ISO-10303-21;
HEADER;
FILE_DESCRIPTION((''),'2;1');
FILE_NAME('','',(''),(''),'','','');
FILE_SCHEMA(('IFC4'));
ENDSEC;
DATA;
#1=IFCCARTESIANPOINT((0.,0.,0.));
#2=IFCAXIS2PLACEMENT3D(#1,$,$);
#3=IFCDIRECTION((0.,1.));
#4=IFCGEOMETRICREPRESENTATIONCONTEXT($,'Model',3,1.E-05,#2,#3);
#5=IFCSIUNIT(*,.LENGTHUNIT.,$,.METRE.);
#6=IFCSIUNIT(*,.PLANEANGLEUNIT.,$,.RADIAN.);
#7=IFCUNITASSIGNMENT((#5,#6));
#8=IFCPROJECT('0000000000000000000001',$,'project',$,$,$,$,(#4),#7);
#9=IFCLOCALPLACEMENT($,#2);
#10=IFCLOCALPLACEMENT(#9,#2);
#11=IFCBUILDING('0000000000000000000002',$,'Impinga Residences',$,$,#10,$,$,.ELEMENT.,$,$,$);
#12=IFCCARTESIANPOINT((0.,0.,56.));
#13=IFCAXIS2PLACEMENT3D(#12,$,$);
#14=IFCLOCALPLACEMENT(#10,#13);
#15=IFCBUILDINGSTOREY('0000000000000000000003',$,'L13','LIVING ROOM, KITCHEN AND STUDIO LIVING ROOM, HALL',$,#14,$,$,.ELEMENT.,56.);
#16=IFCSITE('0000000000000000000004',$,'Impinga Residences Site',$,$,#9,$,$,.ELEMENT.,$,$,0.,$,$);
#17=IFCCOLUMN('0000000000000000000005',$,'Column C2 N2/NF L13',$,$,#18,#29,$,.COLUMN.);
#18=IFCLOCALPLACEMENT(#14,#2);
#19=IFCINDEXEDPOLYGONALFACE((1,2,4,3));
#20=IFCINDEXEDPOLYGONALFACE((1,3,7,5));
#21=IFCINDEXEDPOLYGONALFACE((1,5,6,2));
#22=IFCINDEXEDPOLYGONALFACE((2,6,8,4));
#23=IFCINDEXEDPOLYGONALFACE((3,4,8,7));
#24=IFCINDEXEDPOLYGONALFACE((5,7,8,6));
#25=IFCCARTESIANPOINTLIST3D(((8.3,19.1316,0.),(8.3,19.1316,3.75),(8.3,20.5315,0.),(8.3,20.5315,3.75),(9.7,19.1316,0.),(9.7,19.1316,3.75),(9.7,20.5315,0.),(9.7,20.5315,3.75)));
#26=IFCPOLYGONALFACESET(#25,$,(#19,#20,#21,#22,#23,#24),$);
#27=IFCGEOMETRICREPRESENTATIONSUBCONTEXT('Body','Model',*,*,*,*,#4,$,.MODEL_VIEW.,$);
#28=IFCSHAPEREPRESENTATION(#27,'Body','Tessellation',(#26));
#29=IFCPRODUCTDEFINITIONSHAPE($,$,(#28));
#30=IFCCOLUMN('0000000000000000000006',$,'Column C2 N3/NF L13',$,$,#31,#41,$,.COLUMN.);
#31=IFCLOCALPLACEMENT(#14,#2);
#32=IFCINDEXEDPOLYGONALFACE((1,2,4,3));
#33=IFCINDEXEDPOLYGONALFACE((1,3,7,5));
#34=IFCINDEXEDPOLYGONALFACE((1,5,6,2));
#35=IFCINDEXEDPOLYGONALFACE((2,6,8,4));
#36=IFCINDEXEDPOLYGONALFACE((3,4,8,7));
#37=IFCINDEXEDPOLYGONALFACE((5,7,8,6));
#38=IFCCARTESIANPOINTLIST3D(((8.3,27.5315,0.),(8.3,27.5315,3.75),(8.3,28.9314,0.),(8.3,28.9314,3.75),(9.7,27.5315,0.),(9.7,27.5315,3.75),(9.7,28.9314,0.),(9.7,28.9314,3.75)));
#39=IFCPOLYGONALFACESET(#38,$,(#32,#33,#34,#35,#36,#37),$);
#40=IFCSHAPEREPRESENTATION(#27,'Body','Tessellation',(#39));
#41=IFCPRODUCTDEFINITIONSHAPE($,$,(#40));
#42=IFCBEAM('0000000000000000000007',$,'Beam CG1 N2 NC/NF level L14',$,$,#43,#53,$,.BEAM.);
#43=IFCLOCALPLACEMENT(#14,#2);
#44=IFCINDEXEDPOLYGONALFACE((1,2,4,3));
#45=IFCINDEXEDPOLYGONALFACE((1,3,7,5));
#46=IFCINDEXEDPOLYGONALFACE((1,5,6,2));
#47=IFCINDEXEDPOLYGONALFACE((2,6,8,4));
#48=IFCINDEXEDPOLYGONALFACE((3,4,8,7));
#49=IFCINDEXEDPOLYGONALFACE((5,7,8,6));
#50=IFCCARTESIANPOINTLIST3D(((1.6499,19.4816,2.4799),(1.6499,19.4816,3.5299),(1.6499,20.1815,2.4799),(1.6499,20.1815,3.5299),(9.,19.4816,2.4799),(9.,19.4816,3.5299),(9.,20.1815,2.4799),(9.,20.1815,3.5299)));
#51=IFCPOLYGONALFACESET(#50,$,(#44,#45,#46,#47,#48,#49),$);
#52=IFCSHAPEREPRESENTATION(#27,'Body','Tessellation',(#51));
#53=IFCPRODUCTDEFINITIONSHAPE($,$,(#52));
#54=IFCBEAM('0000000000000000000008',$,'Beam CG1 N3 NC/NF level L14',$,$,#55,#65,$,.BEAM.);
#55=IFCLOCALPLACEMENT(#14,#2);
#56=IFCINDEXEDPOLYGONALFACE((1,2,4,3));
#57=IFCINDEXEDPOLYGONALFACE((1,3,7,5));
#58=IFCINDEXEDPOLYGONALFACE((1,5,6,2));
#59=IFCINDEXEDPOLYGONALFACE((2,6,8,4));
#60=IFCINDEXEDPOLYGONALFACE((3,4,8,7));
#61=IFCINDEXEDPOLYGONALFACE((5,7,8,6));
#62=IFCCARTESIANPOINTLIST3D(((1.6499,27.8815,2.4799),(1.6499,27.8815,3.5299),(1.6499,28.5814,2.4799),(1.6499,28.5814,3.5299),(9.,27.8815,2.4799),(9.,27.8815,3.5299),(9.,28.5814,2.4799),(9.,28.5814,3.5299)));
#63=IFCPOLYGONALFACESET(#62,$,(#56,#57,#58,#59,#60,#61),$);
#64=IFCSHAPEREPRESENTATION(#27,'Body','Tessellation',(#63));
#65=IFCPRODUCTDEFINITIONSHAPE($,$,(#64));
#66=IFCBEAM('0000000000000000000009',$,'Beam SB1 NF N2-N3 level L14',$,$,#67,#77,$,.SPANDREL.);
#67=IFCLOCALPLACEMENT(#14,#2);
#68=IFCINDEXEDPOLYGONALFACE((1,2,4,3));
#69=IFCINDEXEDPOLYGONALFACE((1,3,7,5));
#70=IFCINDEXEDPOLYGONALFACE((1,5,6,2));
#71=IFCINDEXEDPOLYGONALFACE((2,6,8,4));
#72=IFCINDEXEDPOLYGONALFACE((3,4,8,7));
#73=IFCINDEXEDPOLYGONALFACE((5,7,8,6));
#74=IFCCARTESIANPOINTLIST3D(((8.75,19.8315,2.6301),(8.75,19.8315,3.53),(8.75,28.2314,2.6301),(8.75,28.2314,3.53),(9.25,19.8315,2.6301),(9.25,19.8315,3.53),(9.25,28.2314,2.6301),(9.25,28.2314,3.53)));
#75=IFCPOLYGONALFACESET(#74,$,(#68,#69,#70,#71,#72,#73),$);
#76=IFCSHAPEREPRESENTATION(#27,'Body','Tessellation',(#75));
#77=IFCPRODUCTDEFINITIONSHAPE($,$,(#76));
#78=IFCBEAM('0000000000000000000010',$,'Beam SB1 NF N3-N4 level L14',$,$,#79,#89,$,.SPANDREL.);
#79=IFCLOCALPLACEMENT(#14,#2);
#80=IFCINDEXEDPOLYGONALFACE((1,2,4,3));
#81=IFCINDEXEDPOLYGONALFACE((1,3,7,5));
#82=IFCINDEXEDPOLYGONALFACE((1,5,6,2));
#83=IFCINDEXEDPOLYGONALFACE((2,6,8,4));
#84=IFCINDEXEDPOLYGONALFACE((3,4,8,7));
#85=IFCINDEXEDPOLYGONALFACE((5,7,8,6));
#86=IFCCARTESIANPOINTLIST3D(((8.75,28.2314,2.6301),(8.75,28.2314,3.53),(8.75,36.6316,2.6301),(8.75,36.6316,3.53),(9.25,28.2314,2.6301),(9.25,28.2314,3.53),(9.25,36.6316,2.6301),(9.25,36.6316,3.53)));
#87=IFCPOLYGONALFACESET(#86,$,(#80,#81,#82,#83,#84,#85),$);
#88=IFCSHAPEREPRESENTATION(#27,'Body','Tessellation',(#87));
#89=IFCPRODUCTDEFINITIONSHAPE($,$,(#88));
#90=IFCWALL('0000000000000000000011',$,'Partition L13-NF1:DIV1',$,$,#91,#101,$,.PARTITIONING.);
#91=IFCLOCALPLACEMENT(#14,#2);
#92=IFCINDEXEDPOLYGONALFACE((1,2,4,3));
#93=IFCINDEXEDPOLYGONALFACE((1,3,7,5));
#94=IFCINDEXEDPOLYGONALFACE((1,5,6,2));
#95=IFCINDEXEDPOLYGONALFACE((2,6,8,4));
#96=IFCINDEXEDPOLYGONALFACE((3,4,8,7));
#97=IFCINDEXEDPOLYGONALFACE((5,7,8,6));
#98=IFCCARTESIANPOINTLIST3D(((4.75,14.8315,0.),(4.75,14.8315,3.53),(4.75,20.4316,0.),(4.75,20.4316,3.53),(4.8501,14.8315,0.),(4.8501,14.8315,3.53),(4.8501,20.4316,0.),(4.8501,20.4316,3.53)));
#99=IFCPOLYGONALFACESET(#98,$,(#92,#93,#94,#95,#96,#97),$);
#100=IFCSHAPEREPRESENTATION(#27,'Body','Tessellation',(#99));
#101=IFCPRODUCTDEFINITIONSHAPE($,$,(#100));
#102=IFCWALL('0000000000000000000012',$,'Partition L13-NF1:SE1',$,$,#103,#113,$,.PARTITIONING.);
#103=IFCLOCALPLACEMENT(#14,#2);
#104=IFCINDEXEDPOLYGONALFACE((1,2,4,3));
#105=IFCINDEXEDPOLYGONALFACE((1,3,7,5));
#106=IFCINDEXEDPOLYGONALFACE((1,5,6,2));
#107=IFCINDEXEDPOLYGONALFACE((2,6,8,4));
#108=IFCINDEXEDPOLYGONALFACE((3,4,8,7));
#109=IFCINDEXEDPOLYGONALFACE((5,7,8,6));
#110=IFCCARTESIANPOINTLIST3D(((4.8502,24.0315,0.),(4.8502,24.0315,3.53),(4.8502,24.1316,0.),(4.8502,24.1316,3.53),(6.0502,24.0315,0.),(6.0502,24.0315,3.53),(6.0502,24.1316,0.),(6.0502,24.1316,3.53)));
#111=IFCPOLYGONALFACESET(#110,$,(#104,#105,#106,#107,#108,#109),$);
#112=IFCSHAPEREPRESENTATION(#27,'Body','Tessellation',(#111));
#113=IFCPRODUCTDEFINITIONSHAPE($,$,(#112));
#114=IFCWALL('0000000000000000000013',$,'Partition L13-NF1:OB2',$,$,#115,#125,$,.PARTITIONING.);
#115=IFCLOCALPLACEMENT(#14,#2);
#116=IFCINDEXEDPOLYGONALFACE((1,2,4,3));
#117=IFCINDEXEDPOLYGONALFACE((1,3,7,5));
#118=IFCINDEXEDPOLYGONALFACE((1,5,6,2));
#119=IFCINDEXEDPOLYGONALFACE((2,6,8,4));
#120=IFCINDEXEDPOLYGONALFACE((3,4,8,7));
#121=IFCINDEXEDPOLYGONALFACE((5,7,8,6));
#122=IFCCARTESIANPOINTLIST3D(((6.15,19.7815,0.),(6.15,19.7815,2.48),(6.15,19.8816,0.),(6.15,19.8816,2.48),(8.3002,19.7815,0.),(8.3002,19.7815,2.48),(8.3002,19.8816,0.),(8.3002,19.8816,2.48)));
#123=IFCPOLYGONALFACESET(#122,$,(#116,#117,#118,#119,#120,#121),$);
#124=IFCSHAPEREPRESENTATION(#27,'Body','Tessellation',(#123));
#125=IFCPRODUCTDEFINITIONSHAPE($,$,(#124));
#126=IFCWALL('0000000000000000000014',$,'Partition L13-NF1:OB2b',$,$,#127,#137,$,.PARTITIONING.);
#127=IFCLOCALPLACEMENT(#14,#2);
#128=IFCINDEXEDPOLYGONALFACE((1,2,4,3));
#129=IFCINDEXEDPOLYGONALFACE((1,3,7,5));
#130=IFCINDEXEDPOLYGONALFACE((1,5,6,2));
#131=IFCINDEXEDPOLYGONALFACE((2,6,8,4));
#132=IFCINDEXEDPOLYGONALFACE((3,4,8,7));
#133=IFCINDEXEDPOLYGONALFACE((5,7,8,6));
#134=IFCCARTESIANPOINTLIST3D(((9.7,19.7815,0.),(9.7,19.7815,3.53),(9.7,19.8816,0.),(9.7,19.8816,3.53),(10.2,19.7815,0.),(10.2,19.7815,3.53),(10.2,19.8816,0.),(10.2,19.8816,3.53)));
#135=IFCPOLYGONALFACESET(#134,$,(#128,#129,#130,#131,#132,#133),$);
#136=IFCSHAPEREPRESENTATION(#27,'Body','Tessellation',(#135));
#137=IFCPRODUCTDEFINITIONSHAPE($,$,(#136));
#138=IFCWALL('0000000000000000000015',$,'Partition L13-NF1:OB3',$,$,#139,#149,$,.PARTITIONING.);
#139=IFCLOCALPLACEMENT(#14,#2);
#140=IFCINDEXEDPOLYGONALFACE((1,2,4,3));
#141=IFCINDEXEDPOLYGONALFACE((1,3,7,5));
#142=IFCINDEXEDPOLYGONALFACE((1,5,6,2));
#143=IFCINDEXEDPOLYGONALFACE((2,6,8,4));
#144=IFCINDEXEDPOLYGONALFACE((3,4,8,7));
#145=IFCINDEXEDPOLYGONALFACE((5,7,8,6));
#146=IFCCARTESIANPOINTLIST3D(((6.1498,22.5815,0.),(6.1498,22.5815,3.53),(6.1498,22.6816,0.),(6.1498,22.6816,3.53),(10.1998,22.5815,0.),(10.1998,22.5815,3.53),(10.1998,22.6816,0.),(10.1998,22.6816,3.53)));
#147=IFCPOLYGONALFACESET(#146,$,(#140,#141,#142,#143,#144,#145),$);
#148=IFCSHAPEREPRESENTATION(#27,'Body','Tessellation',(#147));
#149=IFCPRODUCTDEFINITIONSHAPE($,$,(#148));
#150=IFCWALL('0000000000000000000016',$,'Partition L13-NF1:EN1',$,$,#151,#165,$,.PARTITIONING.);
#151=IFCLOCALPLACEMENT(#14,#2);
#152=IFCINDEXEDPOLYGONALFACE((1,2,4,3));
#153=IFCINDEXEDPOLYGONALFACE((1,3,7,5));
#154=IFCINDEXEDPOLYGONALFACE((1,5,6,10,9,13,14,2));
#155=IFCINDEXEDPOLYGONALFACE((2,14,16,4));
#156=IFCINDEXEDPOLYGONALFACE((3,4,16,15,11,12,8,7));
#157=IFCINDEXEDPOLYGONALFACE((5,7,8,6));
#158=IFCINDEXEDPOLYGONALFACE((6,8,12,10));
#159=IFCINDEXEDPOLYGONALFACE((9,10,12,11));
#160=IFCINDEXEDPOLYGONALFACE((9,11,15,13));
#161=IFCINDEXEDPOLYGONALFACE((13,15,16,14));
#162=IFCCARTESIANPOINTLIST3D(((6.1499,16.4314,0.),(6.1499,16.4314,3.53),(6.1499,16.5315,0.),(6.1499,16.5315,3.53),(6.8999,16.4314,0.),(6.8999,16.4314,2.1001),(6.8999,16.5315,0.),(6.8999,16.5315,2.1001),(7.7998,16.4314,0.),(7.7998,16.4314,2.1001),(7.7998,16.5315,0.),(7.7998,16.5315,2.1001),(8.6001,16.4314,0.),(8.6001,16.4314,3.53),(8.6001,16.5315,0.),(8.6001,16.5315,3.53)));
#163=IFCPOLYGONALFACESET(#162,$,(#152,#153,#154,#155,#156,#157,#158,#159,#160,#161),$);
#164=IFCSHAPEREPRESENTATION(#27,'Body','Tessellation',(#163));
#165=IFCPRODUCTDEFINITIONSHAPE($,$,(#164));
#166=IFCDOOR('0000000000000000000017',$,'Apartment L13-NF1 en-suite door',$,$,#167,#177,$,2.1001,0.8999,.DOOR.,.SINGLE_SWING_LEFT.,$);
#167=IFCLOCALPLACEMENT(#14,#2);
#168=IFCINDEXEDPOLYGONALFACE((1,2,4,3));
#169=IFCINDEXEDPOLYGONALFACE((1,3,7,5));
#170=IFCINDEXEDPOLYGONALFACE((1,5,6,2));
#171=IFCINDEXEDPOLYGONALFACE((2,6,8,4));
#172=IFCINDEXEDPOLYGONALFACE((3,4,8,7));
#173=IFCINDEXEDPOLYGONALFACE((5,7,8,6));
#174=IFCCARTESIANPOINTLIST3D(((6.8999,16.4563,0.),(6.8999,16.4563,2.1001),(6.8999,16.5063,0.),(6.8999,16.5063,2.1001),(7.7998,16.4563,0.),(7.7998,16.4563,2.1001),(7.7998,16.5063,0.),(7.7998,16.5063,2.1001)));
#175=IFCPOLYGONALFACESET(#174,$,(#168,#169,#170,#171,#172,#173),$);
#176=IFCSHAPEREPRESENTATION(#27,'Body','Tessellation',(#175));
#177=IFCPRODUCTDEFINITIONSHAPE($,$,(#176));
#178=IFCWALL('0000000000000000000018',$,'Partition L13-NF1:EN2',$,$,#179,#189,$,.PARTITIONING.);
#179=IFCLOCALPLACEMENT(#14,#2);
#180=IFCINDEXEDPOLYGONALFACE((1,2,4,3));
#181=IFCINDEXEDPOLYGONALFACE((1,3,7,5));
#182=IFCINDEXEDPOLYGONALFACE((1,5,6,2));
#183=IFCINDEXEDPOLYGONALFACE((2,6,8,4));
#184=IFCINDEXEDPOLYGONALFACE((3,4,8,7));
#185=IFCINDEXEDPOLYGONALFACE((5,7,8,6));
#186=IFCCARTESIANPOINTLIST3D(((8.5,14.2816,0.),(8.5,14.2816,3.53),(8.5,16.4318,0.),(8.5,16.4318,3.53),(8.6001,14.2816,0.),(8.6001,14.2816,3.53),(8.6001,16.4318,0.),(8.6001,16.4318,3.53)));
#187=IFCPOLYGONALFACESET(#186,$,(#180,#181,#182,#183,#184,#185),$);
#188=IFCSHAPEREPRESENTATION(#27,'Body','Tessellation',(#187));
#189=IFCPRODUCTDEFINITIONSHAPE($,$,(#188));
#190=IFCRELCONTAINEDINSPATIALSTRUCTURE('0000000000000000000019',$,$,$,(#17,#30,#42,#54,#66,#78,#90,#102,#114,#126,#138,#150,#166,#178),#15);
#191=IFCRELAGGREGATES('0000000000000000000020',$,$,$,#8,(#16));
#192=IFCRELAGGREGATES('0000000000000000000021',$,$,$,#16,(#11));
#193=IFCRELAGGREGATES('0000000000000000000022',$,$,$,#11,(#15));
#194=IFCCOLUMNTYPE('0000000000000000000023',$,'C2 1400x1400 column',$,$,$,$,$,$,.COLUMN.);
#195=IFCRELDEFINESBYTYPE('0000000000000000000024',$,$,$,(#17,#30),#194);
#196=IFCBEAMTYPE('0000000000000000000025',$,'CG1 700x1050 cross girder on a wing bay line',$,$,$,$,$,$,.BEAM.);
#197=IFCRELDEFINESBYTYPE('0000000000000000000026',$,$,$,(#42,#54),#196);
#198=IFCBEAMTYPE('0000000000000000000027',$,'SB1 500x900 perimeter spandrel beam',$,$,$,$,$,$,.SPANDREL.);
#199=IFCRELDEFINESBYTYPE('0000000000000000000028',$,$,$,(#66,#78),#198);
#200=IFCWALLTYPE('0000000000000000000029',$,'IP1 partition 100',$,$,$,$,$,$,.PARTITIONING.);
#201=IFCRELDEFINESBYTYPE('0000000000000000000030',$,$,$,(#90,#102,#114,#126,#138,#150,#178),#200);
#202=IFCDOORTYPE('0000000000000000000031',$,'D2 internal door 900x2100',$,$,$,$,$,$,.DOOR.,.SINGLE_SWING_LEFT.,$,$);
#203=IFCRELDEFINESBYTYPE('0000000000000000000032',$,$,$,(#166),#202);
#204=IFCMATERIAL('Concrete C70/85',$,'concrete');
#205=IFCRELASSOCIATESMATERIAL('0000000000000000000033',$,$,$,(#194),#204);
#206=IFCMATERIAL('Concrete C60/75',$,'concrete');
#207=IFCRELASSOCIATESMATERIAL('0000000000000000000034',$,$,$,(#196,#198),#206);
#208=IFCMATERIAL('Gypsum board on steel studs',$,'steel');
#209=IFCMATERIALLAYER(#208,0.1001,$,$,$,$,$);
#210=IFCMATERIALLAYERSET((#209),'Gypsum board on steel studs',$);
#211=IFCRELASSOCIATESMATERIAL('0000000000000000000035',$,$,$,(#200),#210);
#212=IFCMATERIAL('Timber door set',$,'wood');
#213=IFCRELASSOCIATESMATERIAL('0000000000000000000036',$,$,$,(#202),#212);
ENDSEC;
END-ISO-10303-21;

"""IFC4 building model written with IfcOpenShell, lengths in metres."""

from ifc_helpers import new_model, si_unit, direction, frame, frame_2d, origin, origin_2d, place, context, subcontext, project, spatial, rectangle, extrude, material, layer, layer_set, material_profile, profile_set, type_object, element, fill, save


model = new_model("IFC4")

# Units and contexts
model_context = context("Model", 3, precision=1e-05, world=origin(), true_north=direction((0.0, 1.0)))
body_context = subcontext(model_context, "Body", "Model", "MODEL_VIEW")
ifc_project = project(units=[si_unit("LENGTHUNIT", "METRE"), si_unit("PLANEANGLEUNIT", "RADIAN")], contexts=[model_context])

# Site, building, storey
site_placement = place(None, origin())
site = spatial("IfcSite", under=ifc_project, at=site_placement, Name="Impinga Residences Site", CompositionType="ELEMENT", RefElevation=0.0)
building_placement = place(site_placement, origin())
building = spatial("IfcBuilding", under=site, at=building_placement, Name="Impinga Residences", CompositionType="ELEMENT")
storey_placement = place(building_placement, frame((0.0, 0.0, 56.0)))
storey = spatial("IfcBuildingStorey", under=building, at=storey_placement, Name="L13", Description="LIVING ROOM, KITCHEN AND STUDIO LIVING ROOM, HALL", CompositionType="ELEMENT", Elevation=56.0)

# Columns
ifc_material_1 = material(Name="Concrete C70/85", Category="concrete")
ifc_material_profile_1 = material_profile(ifc_material_1, rectangle(XDim=1.3999, YDim=1.3999, at=origin_2d()), Name="RC 1400x1400")
ifc_profile_set_1 = profile_set([ifc_material_profile_1], Name="Concrete C70/85")
column_type = type_object("IfcColumnType", Name="C2 1400x1400 column", PredefinedType="COLUMN", material=ifc_profile_set_1)
for number, where, z_axis, x_axis, name in (
    (1, (9.0, 19.8315, 0.0), (0.0, 0.0, 1.0), (1.0, 0.0, 0.0), "Column C2 N2/NF L13"),
    (2, (9.0, 28.2314, 0.0), (0.0, 0.0, 1.0), (1.0, 0.0, 0.0), "Column C2 N3/NF L13"),
):
    element("IfcColumn", number, at=place(storey_placement, frame(where, z_axis=z_axis, x_axis=x_axis)), inside=storey, type_object=column_type, Name=name, PredefinedType="COLUMN", context=body_context, shape_type="SweptSolid", body=[
        extrude(rectangle(XDim=1.3999, YDim=1.3999, at=origin_2d()), origin(), (0.0, 0.0, 1.0), 3.75),
    ])

# Beams
ifc_material_2 = material(Name="Concrete C60/75", Category="concrete")
ifc_material_profile_2 = material_profile(ifc_material_2, rectangle(XDim=0.7, YDim=1.05, at=origin_2d()), Name="RC 700x1050")
ifc_profile_set_2 = profile_set([ifc_material_profile_2], Name="Concrete C60/75")
beam_type_1 = type_object("IfcBeamType", Name="CG1 700x1050 cross girder on a wing bay line", PredefinedType="BEAM", material=ifc_profile_set_2)
for number, where, z_axis, x_axis, name in (
    (3, (1.6499, 19.8315, 3.0049), (1.0, 0.0, 0.0), (0.0, 1.0, 0.0), "Beam CG1 N2 NC/NF level L14"),
    (4, (1.6499, 28.2314, 3.0049), (1.0, 0.0, 0.0), (0.0, 1.0, 0.0), "Beam CG1 N3 NC/NF level L14"),
):
    element("IfcBeam", number, at=place(storey_placement, frame(where, z_axis=z_axis, x_axis=x_axis)), inside=storey, type_object=beam_type_1, Name=name, PredefinedType="BEAM", context=body_context, shape_type="SweptSolid", body=[
        extrude(rectangle(XDim=0.7, YDim=1.05, at=origin_2d()), origin(), (0.0, 0.0, 1.0), 7.3501),
    ])
ifc_material_profile_3 = material_profile(ifc_material_2, rectangle(XDim=0.5, YDim=0.8999, at=origin_2d()), Name="RC 500x900")
ifc_profile_set_3 = profile_set([ifc_material_profile_3], Name="Concrete C60/75")
beam_type_2 = type_object("IfcBeamType", Name="SB1 500x900 perimeter spandrel beam", PredefinedType="SPANDREL", material=ifc_profile_set_3)
beam_1_placement = place(storey_placement, frame((9.0, 19.8315, 3.0801), z_axis=(0.0, 1.0, 0.0), x_axis=(-1.0, 0.0, 0.0)))
element("IfcBeam", 5, at=beam_1_placement, inside=storey, type_object=beam_type_2, Name="Beam SB1 NF N2-N3 level L14", PredefinedType="SPANDREL", context=body_context, shape_type="SweptSolid", body=[
    extrude(rectangle(XDim=0.5, YDim=0.8999, at=origin_2d()), origin(), (0.0, 0.0, 1.0), 8.3999),
])
beam_2_placement = place(storey_placement, frame((9.0, 28.2314, 3.0801), z_axis=(0.0, 1.0, 0.0), x_axis=(-1.0, 0.0, 0.0)))
element("IfcBeam", 6, at=beam_2_placement, inside=storey, type_object=beam_type_2, Name="Beam SB1 NF N3-N4 level L14", PredefinedType="SPANDREL", context=body_context, shape_type="SweptSolid", body=[
    extrude(rectangle(XDim=0.5, YDim=0.8999, at=origin_2d()), origin(), (0.0, 0.0, 1.0), 8.4001),
])

# Walls
ifc_material_3 = material(Name="Gypsum board on steel studs", Category="steel")
ifc_layer_1 = layer(ifc_material_3, 0.1001)
ifc_layer_set_1 = layer_set([ifc_layer_1], Name="Gypsum board on steel studs")
wall_type_1 = type_object("IfcWallType", Name="IP1 partition 100", PredefinedType="PARTITIONING", material=ifc_layer_set_1)
wall_1_placement = place(storey_placement, frame((4.8, 14.8315, 0.0), z_axis=(0.0, 0.0, 1.0), x_axis=(0.0, 1.0, 0.0)))
element("IfcWall", 7, at=wall_1_placement, inside=storey, type_object=wall_type_1, Name="Partition L13-NF1:DIV1", PredefinedType="PARTITIONING", context=body_context, shape_type="SweptSolid", body=[
    extrude(rectangle(XDim=5.6001, YDim=0.1001, at=frame_2d((2.8, 0.0))), origin(), (0.0, 0.0, 1.0), 3.53),
])
wall_2_placement = place(storey_placement, frame((4.8501, 24.0815, 0.0), z_axis=(0.0, 0.0, 1.0), x_axis=(1.0, 0.0, 0.0)))
element("IfcWall", 8, at=wall_2_placement, inside=storey, type_object=wall_type_1, Name="Partition L13-NF1:SE1", PredefinedType="PARTITIONING", context=body_context, shape_type="SweptSolid", body=[
    extrude(rectangle(XDim=1.2, YDim=0.1001, at=frame_2d((0.6001, 0.0))), origin(), (0.0, 0.0, 1.0), 3.53),
])
wall_3_placement = place(storey_placement, frame((6.1499, 19.8315, 0.0), z_axis=(0.0, 0.0, 1.0), x_axis=(1.0, 0.0, 0.0)))
element("IfcWall", 9, at=wall_3_placement, inside=storey, type_object=wall_type_1, Name="Partition L13-NF1:OB2", PredefinedType="PARTITIONING", context=body_context, shape_type="SweptSolid", body=[
    extrude(rectangle(XDim=2.1501, YDim=0.1001, at=frame_2d((1.0752, 0.0))), origin(), (0.0, 0.0, 1.0), 2.48),
])
wall_4_placement = place(storey_placement, frame((9.7, 19.8315, 0.0), z_axis=(0.0, 0.0, 1.0), x_axis=(1.0, 0.0, 0.0)))
element("IfcWall", 10, at=wall_4_placement, inside=storey, type_object=wall_type_1, Name="Partition L13-NF1:OB2b", PredefinedType="PARTITIONING", context=body_context, shape_type="SweptSolid", body=[
    extrude(rectangle(XDim=0.5, YDim=0.1001, at=frame_2d((0.25, 0.0))), origin(), (0.0, 0.0, 1.0), 3.53),
])
wall_5_placement = place(storey_placement, frame((6.1499, 22.6316, 0.0), z_axis=(0.0, 0.0, 1.0), x_axis=(1.0, 0.0, 0.0)))
element("IfcWall", 11, at=wall_5_placement, inside=storey, type_object=wall_type_1, Name="Partition L13-NF1:OB3", PredefinedType="PARTITIONING", context=body_context, shape_type="SweptSolid", body=[
    extrude(rectangle(XDim=4.05, YDim=0.1001, at=frame_2d((2.0249, 0.0))), origin(), (0.0, 0.0, 1.0), 3.53),
])

# Wall, opening, door
wall_6_placement = place(storey_placement, frame((6.1499, 16.4814, 0.0), z_axis=(0.0, 0.0, 1.0), x_axis=(1.0, 0.0, 0.0)))
wall_6 = element("IfcWall", 12, at=wall_6_placement, inside=storey, type_object=wall_type_1, Name="Partition L13-NF1:EN1", PredefinedType="PARTITIONING", context=body_context, shape_type="SweptSolid", body=[
    extrude(rectangle(XDim=2.4502, YDim=0.1001, at=frame_2d((1.2251, 0.0))), origin(), (0.0, 0.0, 1.0), 3.53),
])
opening_1_placement = place(wall_6_placement, frame((0.75, 0.0, 0.0)))
opening_1 = element("IfcOpeningElement", 13, at=opening_1_placement, cuts=wall_6, PredefinedType="OPENING", context=body_context, shape_type="SweptSolid", body=[
    extrude(rectangle(XDim=0.8999, YDim=2.1001, at=frame_2d((0.45, 1.05))), frame((0.0, 0.0601, 0.0), z_axis=(0.0, -1.0, 0.0), x_axis=(1.0, 0.0, 0.0)), (0.0, 0.0, 1.0), 0.1201),
])
ifc_material_4 = material(Name="Timber door set", Category="wood")
door_type = type_object("IfcDoorType", Name="D2 internal door 900x2100", OperationType="SINGLE_SWING_LEFT", PredefinedType="DOOR", material=ifc_material_4)
door_1_placement = place(opening_1_placement, origin())
door_1 = element("IfcDoor", 14, at=door_1_placement, inside=storey, type_object=door_type, Name="Apartment L13-NF1 en-suite door", OperationType="SINGLE_SWING_LEFT", OverallHeight=2.1001, OverallWidth=0.8999, PredefinedType="DOOR", context=body_context, shape_type="SweptSolid", body=[
    extrude(rectangle(XDim=0.8999, YDim=2.1001, at=frame_2d((0.45, 1.05))), frame((0.0, 0.0249, 0.0), z_axis=(0.0, -1.0, 0.0), x_axis=(1.0, 0.0, 0.0)), (0.0, 0.0, 1.0), 0.05),
])
fill(opening_1, door_1)

# Wall
wall_7_placement = place(storey_placement, frame((8.55, 14.2815, 0.0), z_axis=(0.0, 0.0, 1.0), x_axis=(0.0, 1.0, 0.0)))
element("IfcWall", 15, at=wall_7_placement, inside=storey, type_object=wall_type_1, Name="Partition L13-NF1:EN2", PredefinedType="PARTITIONING", context=body_context, shape_type="SweptSolid", body=[
    extrude(rectangle(XDim=2.1501, YDim=0.1001, at=frame_2d((1.0752, 0.0))), origin(), (0.0, 0.0, 1.0), 3.53),
])

save(model, "model.ifc")
